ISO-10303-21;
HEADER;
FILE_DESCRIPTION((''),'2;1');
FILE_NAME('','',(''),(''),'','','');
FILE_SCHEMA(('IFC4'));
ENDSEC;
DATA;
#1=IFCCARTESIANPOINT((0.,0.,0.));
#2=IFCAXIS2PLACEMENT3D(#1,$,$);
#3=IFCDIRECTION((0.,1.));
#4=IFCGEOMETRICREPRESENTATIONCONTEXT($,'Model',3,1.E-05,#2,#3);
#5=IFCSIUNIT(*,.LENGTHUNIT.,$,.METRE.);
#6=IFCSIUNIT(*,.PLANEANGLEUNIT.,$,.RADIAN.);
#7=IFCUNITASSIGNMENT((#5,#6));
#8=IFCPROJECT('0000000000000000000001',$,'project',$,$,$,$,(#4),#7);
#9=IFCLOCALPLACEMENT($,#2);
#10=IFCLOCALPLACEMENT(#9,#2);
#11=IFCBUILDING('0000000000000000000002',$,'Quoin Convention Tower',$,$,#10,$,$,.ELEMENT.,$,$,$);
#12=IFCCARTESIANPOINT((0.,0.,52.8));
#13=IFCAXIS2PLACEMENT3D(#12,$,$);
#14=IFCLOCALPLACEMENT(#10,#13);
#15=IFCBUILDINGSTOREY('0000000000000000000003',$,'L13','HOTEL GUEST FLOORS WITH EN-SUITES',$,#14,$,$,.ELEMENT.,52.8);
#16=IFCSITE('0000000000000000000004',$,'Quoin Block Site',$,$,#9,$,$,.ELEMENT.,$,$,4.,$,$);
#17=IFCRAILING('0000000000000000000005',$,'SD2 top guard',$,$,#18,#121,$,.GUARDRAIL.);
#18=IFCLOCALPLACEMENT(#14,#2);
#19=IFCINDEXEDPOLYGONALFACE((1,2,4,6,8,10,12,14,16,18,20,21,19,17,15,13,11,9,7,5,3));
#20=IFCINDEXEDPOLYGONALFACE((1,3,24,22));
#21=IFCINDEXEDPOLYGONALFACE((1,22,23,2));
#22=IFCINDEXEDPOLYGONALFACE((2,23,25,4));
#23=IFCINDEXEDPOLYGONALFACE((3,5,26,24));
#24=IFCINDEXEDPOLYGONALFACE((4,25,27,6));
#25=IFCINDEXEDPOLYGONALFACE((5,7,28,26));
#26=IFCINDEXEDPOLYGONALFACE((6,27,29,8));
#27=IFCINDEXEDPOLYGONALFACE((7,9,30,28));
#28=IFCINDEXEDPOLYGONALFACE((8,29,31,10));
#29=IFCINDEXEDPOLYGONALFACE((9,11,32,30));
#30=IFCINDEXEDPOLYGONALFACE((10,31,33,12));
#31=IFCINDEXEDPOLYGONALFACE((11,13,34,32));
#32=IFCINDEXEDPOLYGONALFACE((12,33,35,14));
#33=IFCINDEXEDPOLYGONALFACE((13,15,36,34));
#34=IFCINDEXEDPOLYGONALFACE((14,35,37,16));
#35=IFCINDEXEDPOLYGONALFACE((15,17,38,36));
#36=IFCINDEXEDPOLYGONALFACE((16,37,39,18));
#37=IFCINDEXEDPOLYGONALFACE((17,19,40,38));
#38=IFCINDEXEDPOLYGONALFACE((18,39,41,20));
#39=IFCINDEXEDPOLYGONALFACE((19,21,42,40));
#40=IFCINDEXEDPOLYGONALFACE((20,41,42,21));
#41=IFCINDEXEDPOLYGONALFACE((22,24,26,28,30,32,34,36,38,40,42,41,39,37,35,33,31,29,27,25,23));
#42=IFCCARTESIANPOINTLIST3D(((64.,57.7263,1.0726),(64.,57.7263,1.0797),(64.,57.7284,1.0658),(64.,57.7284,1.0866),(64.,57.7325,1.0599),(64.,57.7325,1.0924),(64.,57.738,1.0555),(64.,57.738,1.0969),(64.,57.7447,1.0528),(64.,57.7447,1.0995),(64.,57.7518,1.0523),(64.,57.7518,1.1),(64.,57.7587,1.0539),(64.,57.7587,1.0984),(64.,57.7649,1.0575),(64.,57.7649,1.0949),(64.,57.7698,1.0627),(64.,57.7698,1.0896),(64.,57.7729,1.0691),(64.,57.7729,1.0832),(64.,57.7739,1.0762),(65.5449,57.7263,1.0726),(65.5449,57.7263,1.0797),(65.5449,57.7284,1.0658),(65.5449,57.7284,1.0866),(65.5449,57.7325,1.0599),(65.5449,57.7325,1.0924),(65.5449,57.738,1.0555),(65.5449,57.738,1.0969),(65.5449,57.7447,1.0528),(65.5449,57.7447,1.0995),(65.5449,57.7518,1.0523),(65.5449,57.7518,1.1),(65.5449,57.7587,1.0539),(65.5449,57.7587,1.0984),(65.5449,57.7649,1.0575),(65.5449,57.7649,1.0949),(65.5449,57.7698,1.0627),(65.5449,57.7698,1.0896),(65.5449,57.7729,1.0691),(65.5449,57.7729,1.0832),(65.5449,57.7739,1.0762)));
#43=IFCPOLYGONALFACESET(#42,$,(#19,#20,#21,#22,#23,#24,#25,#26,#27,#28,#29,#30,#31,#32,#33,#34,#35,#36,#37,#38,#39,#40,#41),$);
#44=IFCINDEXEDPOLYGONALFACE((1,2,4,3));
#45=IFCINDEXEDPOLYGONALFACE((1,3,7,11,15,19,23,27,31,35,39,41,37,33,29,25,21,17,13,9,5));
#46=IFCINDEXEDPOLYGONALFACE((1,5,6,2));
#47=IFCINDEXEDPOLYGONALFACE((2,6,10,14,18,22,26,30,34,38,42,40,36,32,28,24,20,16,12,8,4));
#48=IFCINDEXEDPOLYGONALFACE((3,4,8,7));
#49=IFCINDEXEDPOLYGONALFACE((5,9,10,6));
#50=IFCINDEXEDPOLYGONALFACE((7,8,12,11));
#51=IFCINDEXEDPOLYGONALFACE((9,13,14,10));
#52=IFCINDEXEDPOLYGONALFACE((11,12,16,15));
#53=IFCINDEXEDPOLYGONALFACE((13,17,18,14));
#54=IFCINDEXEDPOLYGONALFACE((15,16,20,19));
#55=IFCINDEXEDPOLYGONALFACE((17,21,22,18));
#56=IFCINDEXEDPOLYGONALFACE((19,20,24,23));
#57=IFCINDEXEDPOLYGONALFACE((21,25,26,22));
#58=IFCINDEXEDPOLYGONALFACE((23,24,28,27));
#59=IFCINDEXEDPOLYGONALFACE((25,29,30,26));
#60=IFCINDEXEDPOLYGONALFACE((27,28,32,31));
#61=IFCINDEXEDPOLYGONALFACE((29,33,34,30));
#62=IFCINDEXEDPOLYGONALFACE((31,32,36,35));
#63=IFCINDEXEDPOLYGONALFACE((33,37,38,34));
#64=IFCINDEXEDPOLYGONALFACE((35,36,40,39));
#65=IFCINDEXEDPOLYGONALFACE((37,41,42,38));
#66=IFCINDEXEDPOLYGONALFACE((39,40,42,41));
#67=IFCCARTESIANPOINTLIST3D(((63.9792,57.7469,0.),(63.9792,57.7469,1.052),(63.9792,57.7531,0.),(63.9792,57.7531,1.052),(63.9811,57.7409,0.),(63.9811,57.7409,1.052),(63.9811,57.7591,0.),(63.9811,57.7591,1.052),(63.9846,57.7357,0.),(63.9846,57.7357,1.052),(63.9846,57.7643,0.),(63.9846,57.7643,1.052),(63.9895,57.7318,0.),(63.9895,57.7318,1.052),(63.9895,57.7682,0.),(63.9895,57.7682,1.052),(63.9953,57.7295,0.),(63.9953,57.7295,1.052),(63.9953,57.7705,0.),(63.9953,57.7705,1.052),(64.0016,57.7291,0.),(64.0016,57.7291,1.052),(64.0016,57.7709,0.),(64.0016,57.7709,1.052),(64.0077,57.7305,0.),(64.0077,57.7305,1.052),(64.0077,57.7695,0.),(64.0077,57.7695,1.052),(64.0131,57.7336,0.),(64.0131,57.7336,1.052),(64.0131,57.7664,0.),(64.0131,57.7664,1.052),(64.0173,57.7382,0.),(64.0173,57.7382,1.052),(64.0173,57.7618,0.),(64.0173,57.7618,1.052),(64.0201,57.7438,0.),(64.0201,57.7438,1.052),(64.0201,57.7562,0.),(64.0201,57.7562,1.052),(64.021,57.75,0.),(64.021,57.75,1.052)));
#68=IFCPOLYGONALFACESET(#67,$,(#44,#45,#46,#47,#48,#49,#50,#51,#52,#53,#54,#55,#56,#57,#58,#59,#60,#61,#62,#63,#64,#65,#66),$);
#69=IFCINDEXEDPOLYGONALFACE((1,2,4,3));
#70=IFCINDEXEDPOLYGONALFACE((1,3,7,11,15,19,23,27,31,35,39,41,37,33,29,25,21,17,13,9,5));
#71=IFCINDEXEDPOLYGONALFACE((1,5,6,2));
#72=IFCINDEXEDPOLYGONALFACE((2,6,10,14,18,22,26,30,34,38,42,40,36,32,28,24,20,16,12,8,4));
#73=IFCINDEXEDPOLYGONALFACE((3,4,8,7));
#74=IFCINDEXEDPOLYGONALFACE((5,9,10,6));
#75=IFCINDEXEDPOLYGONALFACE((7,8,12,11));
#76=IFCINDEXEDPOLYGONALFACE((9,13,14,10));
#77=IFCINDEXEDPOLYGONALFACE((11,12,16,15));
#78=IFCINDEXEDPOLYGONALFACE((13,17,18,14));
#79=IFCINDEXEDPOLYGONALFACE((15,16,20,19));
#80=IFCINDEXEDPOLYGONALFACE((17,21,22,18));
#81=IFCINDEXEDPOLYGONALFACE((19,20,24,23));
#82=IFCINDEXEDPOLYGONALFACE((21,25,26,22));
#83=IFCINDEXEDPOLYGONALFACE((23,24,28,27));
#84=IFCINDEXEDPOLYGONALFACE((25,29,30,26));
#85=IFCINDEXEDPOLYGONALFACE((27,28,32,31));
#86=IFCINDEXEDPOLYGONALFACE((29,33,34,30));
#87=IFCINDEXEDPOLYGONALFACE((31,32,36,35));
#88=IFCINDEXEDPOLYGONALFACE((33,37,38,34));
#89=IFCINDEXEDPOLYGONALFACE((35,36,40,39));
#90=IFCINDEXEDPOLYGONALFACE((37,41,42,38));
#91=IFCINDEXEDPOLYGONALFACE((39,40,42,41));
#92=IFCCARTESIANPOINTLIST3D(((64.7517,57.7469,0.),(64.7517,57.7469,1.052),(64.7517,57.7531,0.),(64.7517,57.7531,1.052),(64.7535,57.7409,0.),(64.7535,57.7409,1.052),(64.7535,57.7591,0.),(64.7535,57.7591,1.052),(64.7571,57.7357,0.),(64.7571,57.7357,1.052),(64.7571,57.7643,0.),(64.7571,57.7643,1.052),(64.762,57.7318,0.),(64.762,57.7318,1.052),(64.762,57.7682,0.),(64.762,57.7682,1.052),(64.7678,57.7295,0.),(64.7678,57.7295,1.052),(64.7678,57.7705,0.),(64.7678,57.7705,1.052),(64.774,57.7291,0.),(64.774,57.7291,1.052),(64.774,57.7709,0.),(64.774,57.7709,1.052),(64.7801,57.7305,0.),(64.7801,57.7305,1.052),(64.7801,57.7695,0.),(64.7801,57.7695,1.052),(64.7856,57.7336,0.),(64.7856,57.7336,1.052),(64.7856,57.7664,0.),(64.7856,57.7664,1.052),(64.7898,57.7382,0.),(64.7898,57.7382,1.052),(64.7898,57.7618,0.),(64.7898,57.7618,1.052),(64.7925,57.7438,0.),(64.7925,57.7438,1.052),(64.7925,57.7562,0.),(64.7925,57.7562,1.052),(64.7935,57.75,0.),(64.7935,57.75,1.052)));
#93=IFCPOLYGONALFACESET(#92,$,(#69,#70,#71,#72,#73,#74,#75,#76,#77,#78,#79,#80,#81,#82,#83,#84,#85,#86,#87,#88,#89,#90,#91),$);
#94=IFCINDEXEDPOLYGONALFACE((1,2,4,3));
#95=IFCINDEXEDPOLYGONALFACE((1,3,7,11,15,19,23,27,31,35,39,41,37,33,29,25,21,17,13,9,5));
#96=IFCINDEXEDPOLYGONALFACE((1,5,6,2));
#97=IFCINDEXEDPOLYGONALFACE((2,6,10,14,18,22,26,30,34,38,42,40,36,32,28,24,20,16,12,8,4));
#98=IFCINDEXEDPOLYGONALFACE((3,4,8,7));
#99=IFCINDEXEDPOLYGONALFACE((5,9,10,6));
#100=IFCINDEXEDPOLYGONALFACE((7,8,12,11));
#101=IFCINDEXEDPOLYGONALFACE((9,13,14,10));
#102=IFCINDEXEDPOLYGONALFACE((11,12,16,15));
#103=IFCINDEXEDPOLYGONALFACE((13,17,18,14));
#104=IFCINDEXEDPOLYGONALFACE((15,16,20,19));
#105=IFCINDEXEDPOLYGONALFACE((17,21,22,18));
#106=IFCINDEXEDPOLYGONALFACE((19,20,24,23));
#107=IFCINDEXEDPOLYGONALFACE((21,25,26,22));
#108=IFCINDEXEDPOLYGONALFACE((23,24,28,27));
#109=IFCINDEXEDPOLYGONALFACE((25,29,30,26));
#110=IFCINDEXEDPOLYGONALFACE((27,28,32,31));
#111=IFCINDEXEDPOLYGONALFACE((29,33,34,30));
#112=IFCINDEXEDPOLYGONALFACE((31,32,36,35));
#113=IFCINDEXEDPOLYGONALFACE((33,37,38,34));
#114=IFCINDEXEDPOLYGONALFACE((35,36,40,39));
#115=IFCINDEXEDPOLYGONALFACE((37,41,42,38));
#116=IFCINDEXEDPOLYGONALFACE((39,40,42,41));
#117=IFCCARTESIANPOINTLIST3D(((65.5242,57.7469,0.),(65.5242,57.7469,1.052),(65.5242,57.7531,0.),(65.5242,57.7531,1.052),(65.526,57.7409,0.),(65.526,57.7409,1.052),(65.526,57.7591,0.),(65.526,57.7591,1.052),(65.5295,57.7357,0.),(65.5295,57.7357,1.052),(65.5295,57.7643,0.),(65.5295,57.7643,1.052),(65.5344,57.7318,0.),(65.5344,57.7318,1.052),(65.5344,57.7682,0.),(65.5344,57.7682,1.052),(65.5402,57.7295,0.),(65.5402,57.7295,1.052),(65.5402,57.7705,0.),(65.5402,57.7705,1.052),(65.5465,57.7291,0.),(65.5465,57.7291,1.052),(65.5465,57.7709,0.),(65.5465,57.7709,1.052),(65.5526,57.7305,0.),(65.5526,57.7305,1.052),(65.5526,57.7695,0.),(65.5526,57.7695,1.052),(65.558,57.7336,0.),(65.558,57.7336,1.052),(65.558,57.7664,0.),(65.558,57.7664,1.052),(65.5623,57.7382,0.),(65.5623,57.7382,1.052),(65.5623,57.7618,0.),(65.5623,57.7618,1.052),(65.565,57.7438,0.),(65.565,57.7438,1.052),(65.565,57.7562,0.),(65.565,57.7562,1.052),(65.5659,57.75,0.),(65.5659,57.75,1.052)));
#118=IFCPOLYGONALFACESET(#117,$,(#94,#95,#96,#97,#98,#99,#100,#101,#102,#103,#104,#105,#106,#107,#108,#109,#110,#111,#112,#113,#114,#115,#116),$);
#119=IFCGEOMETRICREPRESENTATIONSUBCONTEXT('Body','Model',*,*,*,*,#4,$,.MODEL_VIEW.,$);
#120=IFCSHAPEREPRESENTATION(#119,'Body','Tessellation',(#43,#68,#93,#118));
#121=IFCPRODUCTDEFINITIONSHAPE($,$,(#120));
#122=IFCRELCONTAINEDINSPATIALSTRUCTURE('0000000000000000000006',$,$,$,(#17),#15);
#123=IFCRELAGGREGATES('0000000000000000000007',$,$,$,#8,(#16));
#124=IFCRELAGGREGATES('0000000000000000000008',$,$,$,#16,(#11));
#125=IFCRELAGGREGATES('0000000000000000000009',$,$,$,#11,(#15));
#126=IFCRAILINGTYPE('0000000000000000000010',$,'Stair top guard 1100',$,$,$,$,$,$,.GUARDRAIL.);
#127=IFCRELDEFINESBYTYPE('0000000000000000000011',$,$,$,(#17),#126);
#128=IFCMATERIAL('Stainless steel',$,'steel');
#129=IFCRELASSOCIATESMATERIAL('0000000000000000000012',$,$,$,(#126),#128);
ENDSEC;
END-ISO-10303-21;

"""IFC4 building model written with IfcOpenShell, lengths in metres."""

from ifc_helpers import new_model, si_unit, direction, frame, origin, origin_2d, place, context, subcontext, project, spatial, circle, extrude, material, type_object, element, save


model = new_model("IFC4")

# Units and contexts
model_context = context("Model", 3, precision=1e-05, world=origin(), true_north=direction((0.0, 1.0)))
body_context = subcontext(model_context, "Body", "Model", "MODEL_VIEW")
ifc_project = project(units=[si_unit("LENGTHUNIT", "METRE"), si_unit("PLANEANGLEUNIT", "RADIAN")], contexts=[model_context])

# Site, building, storey
site_placement = place(None, origin())
site = spatial("IfcSite", under=ifc_project, at=site_placement, Name="Quoin Block Site", CompositionType="ELEMENT", RefElevation=4.0)
building_placement = place(site_placement, origin())
building = spatial("IfcBuilding", under=site, at=building_placement, Name="Quoin Convention Tower", CompositionType="ELEMENT")
storey_placement = place(building_placement, frame((0.0, 0.0, 52.8)))
storey = spatial("IfcBuildingStorey", under=building, at=storey_placement, Name="L13", Description="HOTEL GUEST FLOORS WITH EN-SUITES", CompositionType="ELEMENT", Elevation=52.8)

# Railing
ifc_material_1 = material(Name="Stainless steel", Category="steel")
railing_type_1 = type_object("IfcRailingType", Name="Stair top guard 1100", PredefinedType="GUARDRAIL", material=ifc_material_1)
railing_1_placement = place(storey_placement, frame((64.0, 57.75, 0.0)))
element("IfcRailing", 1, at=railing_1_placement, inside=storey, type_object=railing_type_1, Name="SD2 top guard", PredefinedType="GUARDRAIL", context=body_context, shape_type="SweptSolid", body=[
    extrude(circle(Radius=0.0239, at=origin_2d()), frame((0.0, 0.0, 1.0762), z_axis=(1.0, 0.0, 0.0), x_axis=(0.0, 1.0, 0.0)), (0.0, 0.0, 1.0), 1.5449),
    extrude(circle(Radius=0.021, at=origin_2d()), origin(), (0.0, 0.0, 1.0), 1.052),
    extrude(circle(Radius=0.021, at=origin_2d()), frame((0.7725, 0.0, 0.0)), (0.0, 0.0, 1.0), 1.052),
    extrude(circle(Radius=0.021, at=origin_2d()), frame((1.5449, 0.0, 0.0)), (0.0, 0.0, 1.0), 1.052),
])

save(model, "model.ifc")
